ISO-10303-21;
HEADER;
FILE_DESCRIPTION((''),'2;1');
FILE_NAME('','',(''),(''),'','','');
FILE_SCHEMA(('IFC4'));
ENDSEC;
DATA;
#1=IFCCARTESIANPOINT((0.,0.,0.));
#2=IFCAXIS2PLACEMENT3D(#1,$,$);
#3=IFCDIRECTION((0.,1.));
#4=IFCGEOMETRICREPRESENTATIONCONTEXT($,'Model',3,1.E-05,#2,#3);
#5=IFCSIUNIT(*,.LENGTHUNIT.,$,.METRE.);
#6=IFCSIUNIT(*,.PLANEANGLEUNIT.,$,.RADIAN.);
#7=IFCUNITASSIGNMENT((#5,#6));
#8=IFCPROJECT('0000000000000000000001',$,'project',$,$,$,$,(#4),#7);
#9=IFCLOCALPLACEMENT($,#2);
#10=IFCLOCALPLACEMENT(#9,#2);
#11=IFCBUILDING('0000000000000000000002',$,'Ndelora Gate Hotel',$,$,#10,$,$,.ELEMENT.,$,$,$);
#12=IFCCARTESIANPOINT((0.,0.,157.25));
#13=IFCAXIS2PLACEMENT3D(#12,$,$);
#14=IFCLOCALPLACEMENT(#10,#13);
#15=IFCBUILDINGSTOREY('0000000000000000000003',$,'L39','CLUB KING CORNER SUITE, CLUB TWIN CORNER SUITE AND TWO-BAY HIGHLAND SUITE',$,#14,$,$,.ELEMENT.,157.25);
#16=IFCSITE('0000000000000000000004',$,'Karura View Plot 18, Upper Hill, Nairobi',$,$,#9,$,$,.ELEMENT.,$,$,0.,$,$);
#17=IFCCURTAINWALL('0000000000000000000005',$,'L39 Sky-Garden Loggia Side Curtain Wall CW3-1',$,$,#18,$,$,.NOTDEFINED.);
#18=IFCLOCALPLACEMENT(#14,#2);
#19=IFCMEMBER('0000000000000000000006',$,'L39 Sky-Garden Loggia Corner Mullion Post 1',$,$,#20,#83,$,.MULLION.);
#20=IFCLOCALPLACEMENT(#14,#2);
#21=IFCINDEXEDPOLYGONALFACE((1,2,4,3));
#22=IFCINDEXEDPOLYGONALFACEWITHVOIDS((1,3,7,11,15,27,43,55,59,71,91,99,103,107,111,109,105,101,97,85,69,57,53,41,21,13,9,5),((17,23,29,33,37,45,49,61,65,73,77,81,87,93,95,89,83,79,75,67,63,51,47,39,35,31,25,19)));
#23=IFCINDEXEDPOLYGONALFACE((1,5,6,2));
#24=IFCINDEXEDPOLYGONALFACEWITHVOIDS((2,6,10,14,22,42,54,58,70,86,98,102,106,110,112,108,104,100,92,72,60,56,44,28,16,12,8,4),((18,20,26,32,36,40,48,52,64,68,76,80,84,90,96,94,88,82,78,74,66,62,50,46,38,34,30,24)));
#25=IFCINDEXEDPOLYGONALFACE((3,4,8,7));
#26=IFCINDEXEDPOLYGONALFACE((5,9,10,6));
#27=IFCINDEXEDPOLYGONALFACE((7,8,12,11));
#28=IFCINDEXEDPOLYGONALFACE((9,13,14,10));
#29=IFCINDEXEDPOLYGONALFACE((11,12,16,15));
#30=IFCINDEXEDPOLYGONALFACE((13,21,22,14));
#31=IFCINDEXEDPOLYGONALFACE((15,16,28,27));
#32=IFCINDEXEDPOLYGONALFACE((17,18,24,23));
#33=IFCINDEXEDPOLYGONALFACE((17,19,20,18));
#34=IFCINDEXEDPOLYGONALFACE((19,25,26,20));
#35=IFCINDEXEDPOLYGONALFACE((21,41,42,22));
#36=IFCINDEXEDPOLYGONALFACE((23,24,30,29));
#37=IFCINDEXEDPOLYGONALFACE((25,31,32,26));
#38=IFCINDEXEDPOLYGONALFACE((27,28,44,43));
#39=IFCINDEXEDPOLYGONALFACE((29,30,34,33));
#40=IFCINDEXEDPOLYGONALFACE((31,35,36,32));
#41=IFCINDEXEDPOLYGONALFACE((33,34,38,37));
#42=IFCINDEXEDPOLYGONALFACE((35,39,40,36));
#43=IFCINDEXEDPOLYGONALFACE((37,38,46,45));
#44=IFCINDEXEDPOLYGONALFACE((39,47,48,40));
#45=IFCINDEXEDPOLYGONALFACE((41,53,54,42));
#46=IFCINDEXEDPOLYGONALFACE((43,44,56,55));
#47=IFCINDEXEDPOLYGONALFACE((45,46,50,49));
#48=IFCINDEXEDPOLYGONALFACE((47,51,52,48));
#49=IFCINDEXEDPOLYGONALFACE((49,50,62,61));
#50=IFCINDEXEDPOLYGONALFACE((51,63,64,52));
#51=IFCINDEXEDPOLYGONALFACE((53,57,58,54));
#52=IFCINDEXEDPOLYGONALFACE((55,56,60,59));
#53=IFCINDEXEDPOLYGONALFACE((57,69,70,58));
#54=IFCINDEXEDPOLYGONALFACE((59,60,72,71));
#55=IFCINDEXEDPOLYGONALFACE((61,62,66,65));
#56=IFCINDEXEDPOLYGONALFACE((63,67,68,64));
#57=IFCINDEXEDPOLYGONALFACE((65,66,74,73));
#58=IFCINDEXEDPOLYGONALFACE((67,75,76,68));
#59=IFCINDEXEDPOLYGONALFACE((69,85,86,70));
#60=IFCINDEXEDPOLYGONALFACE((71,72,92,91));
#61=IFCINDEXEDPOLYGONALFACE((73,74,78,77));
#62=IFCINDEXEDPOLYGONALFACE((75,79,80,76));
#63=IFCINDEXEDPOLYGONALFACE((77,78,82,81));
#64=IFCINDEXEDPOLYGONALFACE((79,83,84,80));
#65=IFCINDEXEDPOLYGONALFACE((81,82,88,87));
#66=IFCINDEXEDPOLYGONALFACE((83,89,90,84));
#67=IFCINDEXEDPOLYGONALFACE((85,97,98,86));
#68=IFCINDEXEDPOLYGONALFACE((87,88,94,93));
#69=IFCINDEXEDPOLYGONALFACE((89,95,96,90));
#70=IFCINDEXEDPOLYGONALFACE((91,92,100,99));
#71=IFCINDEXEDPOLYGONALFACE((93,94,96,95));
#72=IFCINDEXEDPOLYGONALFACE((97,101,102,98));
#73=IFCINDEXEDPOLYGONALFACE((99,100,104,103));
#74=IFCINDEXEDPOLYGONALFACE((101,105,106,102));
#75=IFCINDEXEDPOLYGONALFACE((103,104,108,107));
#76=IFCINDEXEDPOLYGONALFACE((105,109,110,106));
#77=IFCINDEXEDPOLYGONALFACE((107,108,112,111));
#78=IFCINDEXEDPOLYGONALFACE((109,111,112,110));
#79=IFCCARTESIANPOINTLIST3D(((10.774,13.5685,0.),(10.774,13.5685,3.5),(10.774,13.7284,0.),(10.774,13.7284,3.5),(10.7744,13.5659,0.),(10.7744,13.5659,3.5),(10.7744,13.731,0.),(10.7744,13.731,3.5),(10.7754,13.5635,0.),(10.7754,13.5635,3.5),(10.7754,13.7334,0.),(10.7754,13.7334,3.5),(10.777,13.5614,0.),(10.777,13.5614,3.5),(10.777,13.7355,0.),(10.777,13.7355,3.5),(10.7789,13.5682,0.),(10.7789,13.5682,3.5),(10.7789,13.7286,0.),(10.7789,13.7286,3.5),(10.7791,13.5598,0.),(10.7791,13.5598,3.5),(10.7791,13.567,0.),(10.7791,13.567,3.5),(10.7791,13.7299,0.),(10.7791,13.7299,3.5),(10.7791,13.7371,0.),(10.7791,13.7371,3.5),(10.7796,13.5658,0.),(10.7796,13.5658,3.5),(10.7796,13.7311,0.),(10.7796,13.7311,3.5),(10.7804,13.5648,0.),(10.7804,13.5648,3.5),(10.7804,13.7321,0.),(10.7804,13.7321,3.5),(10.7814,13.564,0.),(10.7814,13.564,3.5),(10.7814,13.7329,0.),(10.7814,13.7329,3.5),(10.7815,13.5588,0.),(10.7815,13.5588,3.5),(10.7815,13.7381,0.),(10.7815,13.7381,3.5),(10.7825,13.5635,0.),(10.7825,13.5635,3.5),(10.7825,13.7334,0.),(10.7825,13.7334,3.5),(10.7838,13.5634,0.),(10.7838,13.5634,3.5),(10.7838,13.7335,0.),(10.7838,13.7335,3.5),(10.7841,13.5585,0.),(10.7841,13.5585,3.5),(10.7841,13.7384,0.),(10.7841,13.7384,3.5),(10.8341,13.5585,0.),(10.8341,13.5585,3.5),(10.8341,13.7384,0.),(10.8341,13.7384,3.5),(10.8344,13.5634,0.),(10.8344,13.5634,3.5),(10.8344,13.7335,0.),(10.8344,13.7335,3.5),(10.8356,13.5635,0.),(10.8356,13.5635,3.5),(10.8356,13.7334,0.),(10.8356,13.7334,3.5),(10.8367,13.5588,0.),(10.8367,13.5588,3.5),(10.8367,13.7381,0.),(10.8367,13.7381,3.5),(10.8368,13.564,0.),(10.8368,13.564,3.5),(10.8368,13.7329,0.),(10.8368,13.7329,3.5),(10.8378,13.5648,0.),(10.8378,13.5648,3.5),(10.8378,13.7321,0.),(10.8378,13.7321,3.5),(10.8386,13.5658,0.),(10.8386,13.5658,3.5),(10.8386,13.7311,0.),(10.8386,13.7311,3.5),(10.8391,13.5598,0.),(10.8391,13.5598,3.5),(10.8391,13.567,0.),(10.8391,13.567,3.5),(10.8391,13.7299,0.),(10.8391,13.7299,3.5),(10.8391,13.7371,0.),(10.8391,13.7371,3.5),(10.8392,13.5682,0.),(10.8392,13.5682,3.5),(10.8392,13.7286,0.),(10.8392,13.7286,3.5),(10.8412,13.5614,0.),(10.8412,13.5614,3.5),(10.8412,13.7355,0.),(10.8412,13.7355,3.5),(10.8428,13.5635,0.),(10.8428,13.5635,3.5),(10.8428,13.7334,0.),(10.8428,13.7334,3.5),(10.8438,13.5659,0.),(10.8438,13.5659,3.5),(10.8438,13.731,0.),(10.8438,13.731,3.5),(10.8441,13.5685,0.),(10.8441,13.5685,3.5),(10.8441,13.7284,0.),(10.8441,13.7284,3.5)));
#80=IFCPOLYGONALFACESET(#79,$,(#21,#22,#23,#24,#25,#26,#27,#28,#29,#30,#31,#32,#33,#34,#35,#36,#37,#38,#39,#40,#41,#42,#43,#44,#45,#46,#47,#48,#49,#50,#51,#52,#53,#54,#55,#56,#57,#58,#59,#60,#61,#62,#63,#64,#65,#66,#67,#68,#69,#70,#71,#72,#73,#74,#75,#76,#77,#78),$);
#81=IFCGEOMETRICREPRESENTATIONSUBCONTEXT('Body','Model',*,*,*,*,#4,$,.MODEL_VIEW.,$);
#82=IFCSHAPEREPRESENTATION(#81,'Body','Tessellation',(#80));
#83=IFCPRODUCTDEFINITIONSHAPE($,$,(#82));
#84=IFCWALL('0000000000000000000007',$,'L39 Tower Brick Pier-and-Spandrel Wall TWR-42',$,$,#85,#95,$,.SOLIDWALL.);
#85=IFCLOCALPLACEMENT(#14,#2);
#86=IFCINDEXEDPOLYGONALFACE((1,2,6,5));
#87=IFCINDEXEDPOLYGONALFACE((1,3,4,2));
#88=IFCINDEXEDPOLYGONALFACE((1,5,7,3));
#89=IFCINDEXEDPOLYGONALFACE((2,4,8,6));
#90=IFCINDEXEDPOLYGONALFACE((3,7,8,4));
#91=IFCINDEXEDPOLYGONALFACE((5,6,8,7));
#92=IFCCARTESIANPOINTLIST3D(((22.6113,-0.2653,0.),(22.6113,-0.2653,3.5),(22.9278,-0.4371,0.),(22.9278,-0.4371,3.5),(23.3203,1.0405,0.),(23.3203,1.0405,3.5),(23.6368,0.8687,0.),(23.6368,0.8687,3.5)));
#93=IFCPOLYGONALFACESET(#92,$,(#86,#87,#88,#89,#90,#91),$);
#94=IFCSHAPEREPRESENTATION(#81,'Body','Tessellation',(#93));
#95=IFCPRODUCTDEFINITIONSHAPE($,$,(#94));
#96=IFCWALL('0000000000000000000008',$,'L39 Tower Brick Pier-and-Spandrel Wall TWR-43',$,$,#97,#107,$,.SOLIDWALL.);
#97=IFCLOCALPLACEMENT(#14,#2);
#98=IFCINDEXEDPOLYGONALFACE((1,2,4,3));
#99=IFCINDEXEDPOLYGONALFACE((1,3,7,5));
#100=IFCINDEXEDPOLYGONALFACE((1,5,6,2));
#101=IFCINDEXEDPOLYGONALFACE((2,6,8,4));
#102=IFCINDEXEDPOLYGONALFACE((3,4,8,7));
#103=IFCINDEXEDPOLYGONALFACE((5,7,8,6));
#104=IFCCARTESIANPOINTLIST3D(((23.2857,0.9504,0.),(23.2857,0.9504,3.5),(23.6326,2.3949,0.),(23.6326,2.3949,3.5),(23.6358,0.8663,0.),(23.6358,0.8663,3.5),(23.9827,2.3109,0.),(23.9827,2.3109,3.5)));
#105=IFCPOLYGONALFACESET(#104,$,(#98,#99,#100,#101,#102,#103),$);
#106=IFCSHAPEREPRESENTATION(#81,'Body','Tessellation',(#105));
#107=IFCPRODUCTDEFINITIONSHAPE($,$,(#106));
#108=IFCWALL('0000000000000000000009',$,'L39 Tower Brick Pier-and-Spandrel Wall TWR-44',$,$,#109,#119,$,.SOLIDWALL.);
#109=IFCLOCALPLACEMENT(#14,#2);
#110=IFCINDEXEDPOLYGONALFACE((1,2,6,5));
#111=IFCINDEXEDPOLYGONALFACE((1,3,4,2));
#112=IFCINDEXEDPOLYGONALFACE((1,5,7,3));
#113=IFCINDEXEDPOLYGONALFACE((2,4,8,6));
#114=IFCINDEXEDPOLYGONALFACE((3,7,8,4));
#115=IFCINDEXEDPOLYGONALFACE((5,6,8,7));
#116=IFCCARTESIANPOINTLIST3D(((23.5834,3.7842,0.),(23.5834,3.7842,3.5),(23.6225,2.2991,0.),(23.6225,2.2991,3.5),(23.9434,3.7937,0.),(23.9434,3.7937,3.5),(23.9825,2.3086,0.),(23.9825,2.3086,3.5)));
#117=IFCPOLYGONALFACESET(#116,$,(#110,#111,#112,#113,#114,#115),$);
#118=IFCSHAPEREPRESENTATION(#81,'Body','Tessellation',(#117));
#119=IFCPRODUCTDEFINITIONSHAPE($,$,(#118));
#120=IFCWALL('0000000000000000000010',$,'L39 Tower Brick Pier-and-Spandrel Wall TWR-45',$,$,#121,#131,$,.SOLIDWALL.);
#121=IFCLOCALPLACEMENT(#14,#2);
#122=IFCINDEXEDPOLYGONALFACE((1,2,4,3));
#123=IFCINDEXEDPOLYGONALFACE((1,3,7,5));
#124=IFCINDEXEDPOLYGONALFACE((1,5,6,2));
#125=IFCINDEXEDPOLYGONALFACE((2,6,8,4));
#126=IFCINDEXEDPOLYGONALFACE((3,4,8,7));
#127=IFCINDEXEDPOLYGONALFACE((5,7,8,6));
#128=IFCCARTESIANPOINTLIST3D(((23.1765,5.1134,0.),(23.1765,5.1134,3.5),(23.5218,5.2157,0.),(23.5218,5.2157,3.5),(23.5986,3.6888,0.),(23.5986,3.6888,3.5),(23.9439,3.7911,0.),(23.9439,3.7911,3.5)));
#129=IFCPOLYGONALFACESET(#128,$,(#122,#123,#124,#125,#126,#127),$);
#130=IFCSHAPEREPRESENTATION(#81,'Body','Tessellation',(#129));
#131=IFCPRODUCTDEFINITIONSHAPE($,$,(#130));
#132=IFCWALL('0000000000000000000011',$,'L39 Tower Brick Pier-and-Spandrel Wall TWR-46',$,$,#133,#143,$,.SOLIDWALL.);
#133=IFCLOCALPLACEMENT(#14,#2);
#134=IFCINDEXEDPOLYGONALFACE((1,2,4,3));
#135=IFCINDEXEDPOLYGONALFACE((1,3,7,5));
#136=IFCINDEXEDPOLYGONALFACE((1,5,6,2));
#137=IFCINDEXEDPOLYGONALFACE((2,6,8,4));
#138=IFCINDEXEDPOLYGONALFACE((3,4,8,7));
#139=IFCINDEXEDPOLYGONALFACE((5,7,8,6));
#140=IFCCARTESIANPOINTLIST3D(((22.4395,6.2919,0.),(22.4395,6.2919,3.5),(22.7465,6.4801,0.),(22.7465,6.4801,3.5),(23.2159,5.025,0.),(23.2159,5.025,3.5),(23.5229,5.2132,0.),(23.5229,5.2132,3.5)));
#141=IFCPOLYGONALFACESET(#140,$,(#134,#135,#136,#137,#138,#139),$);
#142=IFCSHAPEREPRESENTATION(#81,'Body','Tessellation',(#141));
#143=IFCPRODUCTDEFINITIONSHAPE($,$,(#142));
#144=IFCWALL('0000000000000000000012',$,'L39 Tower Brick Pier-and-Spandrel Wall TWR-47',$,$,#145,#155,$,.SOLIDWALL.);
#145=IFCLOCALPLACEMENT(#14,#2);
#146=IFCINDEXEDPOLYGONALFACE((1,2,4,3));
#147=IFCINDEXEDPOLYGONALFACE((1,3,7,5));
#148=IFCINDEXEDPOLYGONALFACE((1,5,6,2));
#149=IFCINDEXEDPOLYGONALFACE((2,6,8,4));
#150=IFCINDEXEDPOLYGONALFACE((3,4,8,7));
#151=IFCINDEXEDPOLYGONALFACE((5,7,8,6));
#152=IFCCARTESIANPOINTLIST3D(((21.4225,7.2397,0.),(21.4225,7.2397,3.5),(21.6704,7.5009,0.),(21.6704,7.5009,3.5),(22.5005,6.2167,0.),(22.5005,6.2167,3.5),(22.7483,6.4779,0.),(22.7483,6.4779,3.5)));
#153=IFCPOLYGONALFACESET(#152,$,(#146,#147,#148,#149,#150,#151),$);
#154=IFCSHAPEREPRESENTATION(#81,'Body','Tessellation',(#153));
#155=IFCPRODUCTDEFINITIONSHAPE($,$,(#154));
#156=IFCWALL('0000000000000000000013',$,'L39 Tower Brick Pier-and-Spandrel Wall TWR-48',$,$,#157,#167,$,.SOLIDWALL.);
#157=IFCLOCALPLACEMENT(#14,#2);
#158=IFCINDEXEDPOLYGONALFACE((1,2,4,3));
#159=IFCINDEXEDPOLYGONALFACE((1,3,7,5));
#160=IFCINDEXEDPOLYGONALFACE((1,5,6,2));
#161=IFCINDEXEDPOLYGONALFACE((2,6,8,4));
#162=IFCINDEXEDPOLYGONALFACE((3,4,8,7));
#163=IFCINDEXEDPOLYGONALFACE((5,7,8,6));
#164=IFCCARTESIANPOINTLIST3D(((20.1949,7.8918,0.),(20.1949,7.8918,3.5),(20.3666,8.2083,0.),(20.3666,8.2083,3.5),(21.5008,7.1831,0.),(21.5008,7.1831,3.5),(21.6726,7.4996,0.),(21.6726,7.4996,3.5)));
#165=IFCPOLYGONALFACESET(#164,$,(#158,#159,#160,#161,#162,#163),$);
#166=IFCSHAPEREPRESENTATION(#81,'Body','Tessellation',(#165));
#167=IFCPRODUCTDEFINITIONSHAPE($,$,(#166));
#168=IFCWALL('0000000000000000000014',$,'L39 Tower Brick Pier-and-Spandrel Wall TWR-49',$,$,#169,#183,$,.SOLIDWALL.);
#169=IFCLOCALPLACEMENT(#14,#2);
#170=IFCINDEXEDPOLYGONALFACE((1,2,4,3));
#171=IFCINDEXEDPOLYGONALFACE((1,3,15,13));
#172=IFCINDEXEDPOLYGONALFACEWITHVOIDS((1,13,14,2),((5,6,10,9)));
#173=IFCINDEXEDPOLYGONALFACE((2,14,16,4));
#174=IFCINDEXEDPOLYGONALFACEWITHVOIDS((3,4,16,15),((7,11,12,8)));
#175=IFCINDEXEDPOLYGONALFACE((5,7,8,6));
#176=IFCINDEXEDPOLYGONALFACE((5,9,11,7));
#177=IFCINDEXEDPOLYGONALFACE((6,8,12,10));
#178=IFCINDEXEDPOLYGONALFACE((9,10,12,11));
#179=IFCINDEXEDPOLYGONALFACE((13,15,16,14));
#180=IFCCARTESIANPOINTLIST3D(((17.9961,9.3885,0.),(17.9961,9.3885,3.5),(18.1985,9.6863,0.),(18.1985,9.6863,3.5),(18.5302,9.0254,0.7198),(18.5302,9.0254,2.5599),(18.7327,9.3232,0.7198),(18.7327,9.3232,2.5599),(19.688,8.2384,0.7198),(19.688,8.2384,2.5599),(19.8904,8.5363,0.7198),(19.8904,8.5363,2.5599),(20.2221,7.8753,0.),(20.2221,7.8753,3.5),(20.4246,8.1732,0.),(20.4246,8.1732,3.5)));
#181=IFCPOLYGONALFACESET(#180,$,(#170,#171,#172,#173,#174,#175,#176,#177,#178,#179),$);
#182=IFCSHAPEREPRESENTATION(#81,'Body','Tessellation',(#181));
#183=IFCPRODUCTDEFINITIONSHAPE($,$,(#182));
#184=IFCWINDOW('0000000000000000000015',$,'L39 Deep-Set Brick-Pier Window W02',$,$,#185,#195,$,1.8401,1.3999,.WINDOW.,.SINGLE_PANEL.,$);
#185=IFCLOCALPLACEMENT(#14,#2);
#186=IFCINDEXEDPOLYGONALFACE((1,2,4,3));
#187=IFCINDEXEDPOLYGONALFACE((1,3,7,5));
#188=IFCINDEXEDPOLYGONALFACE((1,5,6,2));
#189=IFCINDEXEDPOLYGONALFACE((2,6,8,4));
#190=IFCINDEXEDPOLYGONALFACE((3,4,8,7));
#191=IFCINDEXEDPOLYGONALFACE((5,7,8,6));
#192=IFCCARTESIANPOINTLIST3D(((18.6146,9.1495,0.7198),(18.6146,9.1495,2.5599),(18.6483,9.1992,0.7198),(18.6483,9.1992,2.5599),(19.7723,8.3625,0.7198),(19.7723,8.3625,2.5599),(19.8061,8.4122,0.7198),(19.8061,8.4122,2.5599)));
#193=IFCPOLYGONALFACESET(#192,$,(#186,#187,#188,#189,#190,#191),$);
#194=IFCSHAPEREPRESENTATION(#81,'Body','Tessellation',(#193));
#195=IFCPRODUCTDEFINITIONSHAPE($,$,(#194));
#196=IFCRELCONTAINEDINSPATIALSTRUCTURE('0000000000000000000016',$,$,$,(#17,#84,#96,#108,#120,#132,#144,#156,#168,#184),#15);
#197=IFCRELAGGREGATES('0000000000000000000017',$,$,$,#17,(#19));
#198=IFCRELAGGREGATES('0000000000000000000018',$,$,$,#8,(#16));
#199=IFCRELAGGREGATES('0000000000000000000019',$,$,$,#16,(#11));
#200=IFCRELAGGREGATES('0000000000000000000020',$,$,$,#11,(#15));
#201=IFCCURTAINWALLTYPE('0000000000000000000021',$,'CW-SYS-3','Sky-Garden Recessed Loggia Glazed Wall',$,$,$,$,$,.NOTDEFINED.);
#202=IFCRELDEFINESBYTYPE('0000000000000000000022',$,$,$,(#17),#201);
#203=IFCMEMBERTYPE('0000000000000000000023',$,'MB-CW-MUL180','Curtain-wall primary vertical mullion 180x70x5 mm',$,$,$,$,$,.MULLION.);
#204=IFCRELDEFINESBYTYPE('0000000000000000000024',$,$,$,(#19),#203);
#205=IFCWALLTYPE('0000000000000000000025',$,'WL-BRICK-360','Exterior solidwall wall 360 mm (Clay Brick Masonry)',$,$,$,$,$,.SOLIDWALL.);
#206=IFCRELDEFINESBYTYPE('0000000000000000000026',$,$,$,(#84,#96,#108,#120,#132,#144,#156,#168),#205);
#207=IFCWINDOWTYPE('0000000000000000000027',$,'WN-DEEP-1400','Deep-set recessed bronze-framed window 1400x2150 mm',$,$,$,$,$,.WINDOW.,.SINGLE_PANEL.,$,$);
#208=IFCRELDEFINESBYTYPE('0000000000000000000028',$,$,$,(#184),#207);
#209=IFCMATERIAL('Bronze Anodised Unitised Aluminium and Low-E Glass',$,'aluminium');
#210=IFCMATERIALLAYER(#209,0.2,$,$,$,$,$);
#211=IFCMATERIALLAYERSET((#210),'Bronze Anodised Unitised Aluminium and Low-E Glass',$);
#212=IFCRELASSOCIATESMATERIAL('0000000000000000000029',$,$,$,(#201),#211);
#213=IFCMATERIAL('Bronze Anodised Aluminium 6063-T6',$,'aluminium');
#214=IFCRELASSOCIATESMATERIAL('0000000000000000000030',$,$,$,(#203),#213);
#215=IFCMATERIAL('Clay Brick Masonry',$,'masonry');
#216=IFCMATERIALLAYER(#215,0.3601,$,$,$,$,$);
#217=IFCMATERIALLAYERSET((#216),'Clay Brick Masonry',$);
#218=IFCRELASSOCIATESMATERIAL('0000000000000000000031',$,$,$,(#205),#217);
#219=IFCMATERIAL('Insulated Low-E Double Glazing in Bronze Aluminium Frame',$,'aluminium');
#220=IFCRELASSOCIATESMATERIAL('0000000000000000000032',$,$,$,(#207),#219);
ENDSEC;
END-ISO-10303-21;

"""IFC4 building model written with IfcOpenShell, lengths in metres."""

from ifc_helpers import new_model, si_unit, direction, frame, frame_2d, origin, origin_2d, place, context, subcontext, project, spatial, rectangle, hollow_rectangle, extrude, material, layer, layer_set, material_profile, profile_set, type_object, element, fill, aggregate, save


model = new_model("IFC4")

# Units and contexts
model_context = context("Model", 3, precision=1e-05, world=origin(), true_north=direction((0.0, 1.0)))
body_context = subcontext(model_context, "Body", "Model", "MODEL_VIEW")
ifc_project = project(units=[si_unit("LENGTHUNIT", "METRE"), si_unit("PLANEANGLEUNIT", "RADIAN")], contexts=[model_context])

# Site, building, storey
site_placement = place(None, origin())
site = spatial("IfcSite", under=ifc_project, at=site_placement, Name="Karura View Plot 18, Upper Hill, Nairobi", CompositionType="ELEMENT", RefElevation=0.0)
building_placement = place(site_placement, origin())
building = spatial("IfcBuilding", under=site, at=building_placement, Name="Ndelora Gate Hotel", CompositionType="ELEMENT")
storey_placement = place(building_placement, frame((0.0, 0.0, 157.25)))
storey = spatial("IfcBuildingStorey", under=building, at=storey_placement, Name="L39", Description="CLUB KING CORNER SUITE, CLUB TWIN CORNER SUITE AND TWO-BAY HIGHLAND SUITE", CompositionType="ELEMENT", Elevation=157.25)

# Curtain wall, member
ifc_material_1 = material(Name="Bronze Anodised Unitised Aluminium and Low-E Glass", Category="aluminium")
ifc_layer_1 = layer(ifc_material_1, 0.2)
ifc_layer_set_1 = layer_set([ifc_layer_1], Name="Bronze Anodised Unitised Aluminium and Low-E Glass")
curtain_wall_type = type_object("IfcCurtainWallType", Name="CW-SYS-3", Description="Sky-Garden Recessed Loggia Glazed Wall", PredefinedType="NOTDEFINED", material=ifc_layer_set_1)
curtain_wall_placement = place(storey_placement, origin())
curtain_wall = element("IfcCurtainWall", 1, at=curtain_wall_placement, inside=storey, type_object=curtain_wall_type, Name="L39 Sky-Garden Loggia Side Curtain Wall CW3-1", PredefinedType="NOTDEFINED")
ifc_material_2 = material(Name="Bronze Anodised Aluminium 6063-T6", Category="aluminium")
ifc_material_profile_1 = material_profile(ifc_material_2, hollow_rectangle(XDim=0.0701, YDim=0.1799, WallThickness=0.0049, InnerFilletRadius=0.0049, OuterFilletRadius=0.01, at=origin_2d()), Name="ALU 180x70x5")
ifc_profile_set_1 = profile_set([ifc_material_profile_1], Name="Bronze Anodised Aluminium 6063-T6")
member_type_1 = type_object("IfcMemberType", Name="MB-CW-MUL180", Description="Curtain-wall primary vertical mullion 180x70x5 mm", PredefinedType="MULLION", material=ifc_profile_set_1)
member_1_placement = place(storey_placement, frame((10.8091, 13.6484, 0.0), z_axis=(0.0, 0.0, 1.0), x_axis=(1.0, 0.0, 0.0)))
member_1 = element("IfcMember", 2, at=member_1_placement, type_object=member_type_1, Name="L39 Sky-Garden Loggia Corner Mullion Post 1", PredefinedType="MULLION", context=body_context, shape_type="SweptSolid", body=[
    extrude(hollow_rectangle(XDim=0.0701, YDim=0.1799, WallThickness=0.0049, InnerFilletRadius=0.0049, OuterFilletRadius=0.01, at=origin_2d()), origin(), (0.0, 0.0, 1.0), 3.5),
])
aggregate(curtain_wall, [member_1])

# Walls
ifc_material_3 = material(Name="Clay Brick Masonry", Category="masonry")
ifc_layer_2 = layer(ifc_material_3, 0.3601)
ifc_layer_set_2 = layer_set([ifc_layer_2], Name="Clay Brick Masonry")
wall_type_1 = type_object("IfcWallType", Name="WL-BRICK-360", Description="Exterior solidwall wall 360 mm (Clay Brick Masonry)", PredefinedType="SOLIDWALL", material=ifc_layer_set_2)
wall_1_placement = place(storey_placement, frame((23.4785, 0.9546, 0.0), z_axis=(0.0, 0.0, 1.0), x_axis=(-0.477124, -0.878836, 0.0)))
element("IfcWall", 3, at=wall_1_placement, inside=storey, type_object=wall_type_1, Name="L39 Tower Brick Pier-and-Spandrel Wall TWR-42", PredefinedType="SOLIDWALL", context=body_context, shape_type="SweptSolid", body=[
    extrude(rectangle(XDim=1.4858, YDim=0.3601, at=frame_2d((0.7429, 0.0))), origin(), (0.0, 0.0, 1.0), 3.5),
])
for number, where, z_axis, x_axis, name in (
    (4, (23.8076, 2.3528, 0.0), (0.0, 0.0, 1.0), (-0.233516, -0.972353, 0.0), "L39 Tower Brick Pier-and-Spandrel Wall TWR-43"),
    (5, (23.7634, 3.7888, 0.0), (0.0, 0.0, 1.0), (0.026294, -0.999654, 0.0), "L39 Tower Brick Pier-and-Spandrel Wall TWR-44"),
):
    element("IfcWall", number, at=place(storey_placement, frame(where, z_axis=z_axis, x_axis=x_axis)), inside=storey, type_object=wall_type_1, Name=name, PredefinedType="SOLIDWALL", context=body_context, shape_type="SweptSolid", body=[
        extrude(rectangle(XDim=1.4856, YDim=0.3601, at=frame_2d((0.7427, 0.0))), origin(), (0.0, 0.0, 1.0), 3.5),
    ])
for number, where, z_axis, x_axis, name in (
    (6, (23.3491, 5.1646, 0.0), (0.0, 0.0, 1.0), (0.284105, -0.958793, 0.0), "L39 Tower Brick Pier-and-Spandrel Wall TWR-45"),
    (7, (22.593, 6.386, 0.0), (0.0, 0.0, 1.0), (0.52252, -0.852627, 0.0), "L39 Tower Brick Pier-and-Spandrel Wall TWR-46"),
):
    element("IfcWall", number, at=place(storey_placement, frame(where, z_axis=z_axis, x_axis=x_axis)), inside=storey, type_object=wall_type_1, Name=name, PredefinedType="SOLIDWALL", context=body_context, shape_type="SweptSolid", body=[
        extrude(rectangle(XDim=1.4858, YDim=0.3601, at=frame_2d((0.7429, 0.0))), origin(), (0.0, 0.0, 1.0), 3.5),
    ])
wall_2_placement = place(storey_placement, frame((21.5464, 7.3704, 0.0), z_axis=(0.0, 0.0, 1.0), x_axis=(0.725348, -0.688382, 0.0)))
element("IfcWall", 8, at=wall_2_placement, inside=storey, type_object=wall_type_1, Name="L39 Tower Brick Pier-and-Spandrel Wall TWR-47", PredefinedType="SOLIDWALL", context=body_context, shape_type="SweptSolid", body=[
    extrude(rectangle(XDim=1.4861, YDim=0.3601, at=frame_2d((0.7432, 0.0))), origin(), (0.0, 0.0, 1.0), 3.5),
])
wall_3_placement = place(storey_placement, frame((20.2808, 8.05, 0.0), z_axis=(0.0, 0.0, 1.0), x_axis=(0.878905, -0.476998, 0.0)))
element("IfcWall", 9, at=wall_3_placement, inside=storey, type_object=wall_type_1, Name="L39 Tower Brick Pier-and-Spandrel Wall TWR-48", PredefinedType="SOLIDWALL", context=body_context, shape_type="SweptSolid", body=[
    extrude(rectangle(XDim=1.4858, YDim=0.3601, at=frame_2d((0.7429, 0.0))), origin(), (0.0, 0.0, 1.0), 3.5),
])

# Wall, opening, window
wall_4_placement = place(storey_placement, frame((18.0974, 9.5374, 0.0), z_axis=(0.0, 0.0, 1.0), x_axis=(0.827021, -0.562171, 0.0)))
wall_4 = element("IfcWall", 10, at=wall_4_placement, inside=storey, type_object=wall_type_1, Name="L39 Tower Brick Pier-and-Spandrel Wall TWR-49", PredefinedType="SOLIDWALL", context=body_context, shape_type="SweptSolid", body=[
    extrude(rectangle(XDim=2.6917, YDim=0.3601, at=frame_2d((1.3457, 0.0))), origin(), (0.0, 0.0, 1.0), 3.5),
])
opening_1_placement = place(wall_4_placement, frame((0.6458, 0.0, 0.72)))
opening_1 = element("IfcOpeningElement", 11, at=opening_1_placement, cuts=wall_4, PredefinedType="OPENING", context=body_context, shape_type="SweptSolid", body=[
    extrude(rectangle(XDim=1.3999, YDim=1.8401, at=frame_2d((0.7, 0.9199))), frame((0.0, 0.1899, 0.0), z_axis=(0.0, -1.0, 0.0), x_axis=(1.0, 0.0, 0.0)), (0.0, 0.0, 1.0), 0.3801),
])
ifc_material_4 = material(Name="Insulated Low-E Double Glazing in Bronze Aluminium Frame", Category="aluminium")
window_type = type_object("IfcWindowType", Name="WN-DEEP-1400", Description="Deep-set recessed bronze-framed window 1400x2150 mm", PartitioningType="SINGLE_PANEL", PredefinedType="WINDOW", material=ifc_material_4)
window_1_placement = place(opening_1_placement, origin())
window_1 = element("IfcWindow", 12, at=window_1_placement, inside=storey, type_object=window_type, Name="L39 Deep-Set Brick-Pier Window W02", OverallHeight=1.8401, OverallWidth=1.3999, PartitioningType="SINGLE_PANEL", PredefinedType="WINDOW", context=body_context, shape_type="SweptSolid", body=[
    extrude(rectangle(XDim=1.3999, YDim=1.8401, at=frame_2d((0.7, 0.9199))), frame((0.0, 0.03, 0.0), z_axis=(0.0, -1.0, 0.0), x_axis=(1.0, 0.0, 0.0)), (0.0, 0.0, 1.0), 0.0601),
])
fill(opening_1, window_1)

save(model, "model.ifc")
